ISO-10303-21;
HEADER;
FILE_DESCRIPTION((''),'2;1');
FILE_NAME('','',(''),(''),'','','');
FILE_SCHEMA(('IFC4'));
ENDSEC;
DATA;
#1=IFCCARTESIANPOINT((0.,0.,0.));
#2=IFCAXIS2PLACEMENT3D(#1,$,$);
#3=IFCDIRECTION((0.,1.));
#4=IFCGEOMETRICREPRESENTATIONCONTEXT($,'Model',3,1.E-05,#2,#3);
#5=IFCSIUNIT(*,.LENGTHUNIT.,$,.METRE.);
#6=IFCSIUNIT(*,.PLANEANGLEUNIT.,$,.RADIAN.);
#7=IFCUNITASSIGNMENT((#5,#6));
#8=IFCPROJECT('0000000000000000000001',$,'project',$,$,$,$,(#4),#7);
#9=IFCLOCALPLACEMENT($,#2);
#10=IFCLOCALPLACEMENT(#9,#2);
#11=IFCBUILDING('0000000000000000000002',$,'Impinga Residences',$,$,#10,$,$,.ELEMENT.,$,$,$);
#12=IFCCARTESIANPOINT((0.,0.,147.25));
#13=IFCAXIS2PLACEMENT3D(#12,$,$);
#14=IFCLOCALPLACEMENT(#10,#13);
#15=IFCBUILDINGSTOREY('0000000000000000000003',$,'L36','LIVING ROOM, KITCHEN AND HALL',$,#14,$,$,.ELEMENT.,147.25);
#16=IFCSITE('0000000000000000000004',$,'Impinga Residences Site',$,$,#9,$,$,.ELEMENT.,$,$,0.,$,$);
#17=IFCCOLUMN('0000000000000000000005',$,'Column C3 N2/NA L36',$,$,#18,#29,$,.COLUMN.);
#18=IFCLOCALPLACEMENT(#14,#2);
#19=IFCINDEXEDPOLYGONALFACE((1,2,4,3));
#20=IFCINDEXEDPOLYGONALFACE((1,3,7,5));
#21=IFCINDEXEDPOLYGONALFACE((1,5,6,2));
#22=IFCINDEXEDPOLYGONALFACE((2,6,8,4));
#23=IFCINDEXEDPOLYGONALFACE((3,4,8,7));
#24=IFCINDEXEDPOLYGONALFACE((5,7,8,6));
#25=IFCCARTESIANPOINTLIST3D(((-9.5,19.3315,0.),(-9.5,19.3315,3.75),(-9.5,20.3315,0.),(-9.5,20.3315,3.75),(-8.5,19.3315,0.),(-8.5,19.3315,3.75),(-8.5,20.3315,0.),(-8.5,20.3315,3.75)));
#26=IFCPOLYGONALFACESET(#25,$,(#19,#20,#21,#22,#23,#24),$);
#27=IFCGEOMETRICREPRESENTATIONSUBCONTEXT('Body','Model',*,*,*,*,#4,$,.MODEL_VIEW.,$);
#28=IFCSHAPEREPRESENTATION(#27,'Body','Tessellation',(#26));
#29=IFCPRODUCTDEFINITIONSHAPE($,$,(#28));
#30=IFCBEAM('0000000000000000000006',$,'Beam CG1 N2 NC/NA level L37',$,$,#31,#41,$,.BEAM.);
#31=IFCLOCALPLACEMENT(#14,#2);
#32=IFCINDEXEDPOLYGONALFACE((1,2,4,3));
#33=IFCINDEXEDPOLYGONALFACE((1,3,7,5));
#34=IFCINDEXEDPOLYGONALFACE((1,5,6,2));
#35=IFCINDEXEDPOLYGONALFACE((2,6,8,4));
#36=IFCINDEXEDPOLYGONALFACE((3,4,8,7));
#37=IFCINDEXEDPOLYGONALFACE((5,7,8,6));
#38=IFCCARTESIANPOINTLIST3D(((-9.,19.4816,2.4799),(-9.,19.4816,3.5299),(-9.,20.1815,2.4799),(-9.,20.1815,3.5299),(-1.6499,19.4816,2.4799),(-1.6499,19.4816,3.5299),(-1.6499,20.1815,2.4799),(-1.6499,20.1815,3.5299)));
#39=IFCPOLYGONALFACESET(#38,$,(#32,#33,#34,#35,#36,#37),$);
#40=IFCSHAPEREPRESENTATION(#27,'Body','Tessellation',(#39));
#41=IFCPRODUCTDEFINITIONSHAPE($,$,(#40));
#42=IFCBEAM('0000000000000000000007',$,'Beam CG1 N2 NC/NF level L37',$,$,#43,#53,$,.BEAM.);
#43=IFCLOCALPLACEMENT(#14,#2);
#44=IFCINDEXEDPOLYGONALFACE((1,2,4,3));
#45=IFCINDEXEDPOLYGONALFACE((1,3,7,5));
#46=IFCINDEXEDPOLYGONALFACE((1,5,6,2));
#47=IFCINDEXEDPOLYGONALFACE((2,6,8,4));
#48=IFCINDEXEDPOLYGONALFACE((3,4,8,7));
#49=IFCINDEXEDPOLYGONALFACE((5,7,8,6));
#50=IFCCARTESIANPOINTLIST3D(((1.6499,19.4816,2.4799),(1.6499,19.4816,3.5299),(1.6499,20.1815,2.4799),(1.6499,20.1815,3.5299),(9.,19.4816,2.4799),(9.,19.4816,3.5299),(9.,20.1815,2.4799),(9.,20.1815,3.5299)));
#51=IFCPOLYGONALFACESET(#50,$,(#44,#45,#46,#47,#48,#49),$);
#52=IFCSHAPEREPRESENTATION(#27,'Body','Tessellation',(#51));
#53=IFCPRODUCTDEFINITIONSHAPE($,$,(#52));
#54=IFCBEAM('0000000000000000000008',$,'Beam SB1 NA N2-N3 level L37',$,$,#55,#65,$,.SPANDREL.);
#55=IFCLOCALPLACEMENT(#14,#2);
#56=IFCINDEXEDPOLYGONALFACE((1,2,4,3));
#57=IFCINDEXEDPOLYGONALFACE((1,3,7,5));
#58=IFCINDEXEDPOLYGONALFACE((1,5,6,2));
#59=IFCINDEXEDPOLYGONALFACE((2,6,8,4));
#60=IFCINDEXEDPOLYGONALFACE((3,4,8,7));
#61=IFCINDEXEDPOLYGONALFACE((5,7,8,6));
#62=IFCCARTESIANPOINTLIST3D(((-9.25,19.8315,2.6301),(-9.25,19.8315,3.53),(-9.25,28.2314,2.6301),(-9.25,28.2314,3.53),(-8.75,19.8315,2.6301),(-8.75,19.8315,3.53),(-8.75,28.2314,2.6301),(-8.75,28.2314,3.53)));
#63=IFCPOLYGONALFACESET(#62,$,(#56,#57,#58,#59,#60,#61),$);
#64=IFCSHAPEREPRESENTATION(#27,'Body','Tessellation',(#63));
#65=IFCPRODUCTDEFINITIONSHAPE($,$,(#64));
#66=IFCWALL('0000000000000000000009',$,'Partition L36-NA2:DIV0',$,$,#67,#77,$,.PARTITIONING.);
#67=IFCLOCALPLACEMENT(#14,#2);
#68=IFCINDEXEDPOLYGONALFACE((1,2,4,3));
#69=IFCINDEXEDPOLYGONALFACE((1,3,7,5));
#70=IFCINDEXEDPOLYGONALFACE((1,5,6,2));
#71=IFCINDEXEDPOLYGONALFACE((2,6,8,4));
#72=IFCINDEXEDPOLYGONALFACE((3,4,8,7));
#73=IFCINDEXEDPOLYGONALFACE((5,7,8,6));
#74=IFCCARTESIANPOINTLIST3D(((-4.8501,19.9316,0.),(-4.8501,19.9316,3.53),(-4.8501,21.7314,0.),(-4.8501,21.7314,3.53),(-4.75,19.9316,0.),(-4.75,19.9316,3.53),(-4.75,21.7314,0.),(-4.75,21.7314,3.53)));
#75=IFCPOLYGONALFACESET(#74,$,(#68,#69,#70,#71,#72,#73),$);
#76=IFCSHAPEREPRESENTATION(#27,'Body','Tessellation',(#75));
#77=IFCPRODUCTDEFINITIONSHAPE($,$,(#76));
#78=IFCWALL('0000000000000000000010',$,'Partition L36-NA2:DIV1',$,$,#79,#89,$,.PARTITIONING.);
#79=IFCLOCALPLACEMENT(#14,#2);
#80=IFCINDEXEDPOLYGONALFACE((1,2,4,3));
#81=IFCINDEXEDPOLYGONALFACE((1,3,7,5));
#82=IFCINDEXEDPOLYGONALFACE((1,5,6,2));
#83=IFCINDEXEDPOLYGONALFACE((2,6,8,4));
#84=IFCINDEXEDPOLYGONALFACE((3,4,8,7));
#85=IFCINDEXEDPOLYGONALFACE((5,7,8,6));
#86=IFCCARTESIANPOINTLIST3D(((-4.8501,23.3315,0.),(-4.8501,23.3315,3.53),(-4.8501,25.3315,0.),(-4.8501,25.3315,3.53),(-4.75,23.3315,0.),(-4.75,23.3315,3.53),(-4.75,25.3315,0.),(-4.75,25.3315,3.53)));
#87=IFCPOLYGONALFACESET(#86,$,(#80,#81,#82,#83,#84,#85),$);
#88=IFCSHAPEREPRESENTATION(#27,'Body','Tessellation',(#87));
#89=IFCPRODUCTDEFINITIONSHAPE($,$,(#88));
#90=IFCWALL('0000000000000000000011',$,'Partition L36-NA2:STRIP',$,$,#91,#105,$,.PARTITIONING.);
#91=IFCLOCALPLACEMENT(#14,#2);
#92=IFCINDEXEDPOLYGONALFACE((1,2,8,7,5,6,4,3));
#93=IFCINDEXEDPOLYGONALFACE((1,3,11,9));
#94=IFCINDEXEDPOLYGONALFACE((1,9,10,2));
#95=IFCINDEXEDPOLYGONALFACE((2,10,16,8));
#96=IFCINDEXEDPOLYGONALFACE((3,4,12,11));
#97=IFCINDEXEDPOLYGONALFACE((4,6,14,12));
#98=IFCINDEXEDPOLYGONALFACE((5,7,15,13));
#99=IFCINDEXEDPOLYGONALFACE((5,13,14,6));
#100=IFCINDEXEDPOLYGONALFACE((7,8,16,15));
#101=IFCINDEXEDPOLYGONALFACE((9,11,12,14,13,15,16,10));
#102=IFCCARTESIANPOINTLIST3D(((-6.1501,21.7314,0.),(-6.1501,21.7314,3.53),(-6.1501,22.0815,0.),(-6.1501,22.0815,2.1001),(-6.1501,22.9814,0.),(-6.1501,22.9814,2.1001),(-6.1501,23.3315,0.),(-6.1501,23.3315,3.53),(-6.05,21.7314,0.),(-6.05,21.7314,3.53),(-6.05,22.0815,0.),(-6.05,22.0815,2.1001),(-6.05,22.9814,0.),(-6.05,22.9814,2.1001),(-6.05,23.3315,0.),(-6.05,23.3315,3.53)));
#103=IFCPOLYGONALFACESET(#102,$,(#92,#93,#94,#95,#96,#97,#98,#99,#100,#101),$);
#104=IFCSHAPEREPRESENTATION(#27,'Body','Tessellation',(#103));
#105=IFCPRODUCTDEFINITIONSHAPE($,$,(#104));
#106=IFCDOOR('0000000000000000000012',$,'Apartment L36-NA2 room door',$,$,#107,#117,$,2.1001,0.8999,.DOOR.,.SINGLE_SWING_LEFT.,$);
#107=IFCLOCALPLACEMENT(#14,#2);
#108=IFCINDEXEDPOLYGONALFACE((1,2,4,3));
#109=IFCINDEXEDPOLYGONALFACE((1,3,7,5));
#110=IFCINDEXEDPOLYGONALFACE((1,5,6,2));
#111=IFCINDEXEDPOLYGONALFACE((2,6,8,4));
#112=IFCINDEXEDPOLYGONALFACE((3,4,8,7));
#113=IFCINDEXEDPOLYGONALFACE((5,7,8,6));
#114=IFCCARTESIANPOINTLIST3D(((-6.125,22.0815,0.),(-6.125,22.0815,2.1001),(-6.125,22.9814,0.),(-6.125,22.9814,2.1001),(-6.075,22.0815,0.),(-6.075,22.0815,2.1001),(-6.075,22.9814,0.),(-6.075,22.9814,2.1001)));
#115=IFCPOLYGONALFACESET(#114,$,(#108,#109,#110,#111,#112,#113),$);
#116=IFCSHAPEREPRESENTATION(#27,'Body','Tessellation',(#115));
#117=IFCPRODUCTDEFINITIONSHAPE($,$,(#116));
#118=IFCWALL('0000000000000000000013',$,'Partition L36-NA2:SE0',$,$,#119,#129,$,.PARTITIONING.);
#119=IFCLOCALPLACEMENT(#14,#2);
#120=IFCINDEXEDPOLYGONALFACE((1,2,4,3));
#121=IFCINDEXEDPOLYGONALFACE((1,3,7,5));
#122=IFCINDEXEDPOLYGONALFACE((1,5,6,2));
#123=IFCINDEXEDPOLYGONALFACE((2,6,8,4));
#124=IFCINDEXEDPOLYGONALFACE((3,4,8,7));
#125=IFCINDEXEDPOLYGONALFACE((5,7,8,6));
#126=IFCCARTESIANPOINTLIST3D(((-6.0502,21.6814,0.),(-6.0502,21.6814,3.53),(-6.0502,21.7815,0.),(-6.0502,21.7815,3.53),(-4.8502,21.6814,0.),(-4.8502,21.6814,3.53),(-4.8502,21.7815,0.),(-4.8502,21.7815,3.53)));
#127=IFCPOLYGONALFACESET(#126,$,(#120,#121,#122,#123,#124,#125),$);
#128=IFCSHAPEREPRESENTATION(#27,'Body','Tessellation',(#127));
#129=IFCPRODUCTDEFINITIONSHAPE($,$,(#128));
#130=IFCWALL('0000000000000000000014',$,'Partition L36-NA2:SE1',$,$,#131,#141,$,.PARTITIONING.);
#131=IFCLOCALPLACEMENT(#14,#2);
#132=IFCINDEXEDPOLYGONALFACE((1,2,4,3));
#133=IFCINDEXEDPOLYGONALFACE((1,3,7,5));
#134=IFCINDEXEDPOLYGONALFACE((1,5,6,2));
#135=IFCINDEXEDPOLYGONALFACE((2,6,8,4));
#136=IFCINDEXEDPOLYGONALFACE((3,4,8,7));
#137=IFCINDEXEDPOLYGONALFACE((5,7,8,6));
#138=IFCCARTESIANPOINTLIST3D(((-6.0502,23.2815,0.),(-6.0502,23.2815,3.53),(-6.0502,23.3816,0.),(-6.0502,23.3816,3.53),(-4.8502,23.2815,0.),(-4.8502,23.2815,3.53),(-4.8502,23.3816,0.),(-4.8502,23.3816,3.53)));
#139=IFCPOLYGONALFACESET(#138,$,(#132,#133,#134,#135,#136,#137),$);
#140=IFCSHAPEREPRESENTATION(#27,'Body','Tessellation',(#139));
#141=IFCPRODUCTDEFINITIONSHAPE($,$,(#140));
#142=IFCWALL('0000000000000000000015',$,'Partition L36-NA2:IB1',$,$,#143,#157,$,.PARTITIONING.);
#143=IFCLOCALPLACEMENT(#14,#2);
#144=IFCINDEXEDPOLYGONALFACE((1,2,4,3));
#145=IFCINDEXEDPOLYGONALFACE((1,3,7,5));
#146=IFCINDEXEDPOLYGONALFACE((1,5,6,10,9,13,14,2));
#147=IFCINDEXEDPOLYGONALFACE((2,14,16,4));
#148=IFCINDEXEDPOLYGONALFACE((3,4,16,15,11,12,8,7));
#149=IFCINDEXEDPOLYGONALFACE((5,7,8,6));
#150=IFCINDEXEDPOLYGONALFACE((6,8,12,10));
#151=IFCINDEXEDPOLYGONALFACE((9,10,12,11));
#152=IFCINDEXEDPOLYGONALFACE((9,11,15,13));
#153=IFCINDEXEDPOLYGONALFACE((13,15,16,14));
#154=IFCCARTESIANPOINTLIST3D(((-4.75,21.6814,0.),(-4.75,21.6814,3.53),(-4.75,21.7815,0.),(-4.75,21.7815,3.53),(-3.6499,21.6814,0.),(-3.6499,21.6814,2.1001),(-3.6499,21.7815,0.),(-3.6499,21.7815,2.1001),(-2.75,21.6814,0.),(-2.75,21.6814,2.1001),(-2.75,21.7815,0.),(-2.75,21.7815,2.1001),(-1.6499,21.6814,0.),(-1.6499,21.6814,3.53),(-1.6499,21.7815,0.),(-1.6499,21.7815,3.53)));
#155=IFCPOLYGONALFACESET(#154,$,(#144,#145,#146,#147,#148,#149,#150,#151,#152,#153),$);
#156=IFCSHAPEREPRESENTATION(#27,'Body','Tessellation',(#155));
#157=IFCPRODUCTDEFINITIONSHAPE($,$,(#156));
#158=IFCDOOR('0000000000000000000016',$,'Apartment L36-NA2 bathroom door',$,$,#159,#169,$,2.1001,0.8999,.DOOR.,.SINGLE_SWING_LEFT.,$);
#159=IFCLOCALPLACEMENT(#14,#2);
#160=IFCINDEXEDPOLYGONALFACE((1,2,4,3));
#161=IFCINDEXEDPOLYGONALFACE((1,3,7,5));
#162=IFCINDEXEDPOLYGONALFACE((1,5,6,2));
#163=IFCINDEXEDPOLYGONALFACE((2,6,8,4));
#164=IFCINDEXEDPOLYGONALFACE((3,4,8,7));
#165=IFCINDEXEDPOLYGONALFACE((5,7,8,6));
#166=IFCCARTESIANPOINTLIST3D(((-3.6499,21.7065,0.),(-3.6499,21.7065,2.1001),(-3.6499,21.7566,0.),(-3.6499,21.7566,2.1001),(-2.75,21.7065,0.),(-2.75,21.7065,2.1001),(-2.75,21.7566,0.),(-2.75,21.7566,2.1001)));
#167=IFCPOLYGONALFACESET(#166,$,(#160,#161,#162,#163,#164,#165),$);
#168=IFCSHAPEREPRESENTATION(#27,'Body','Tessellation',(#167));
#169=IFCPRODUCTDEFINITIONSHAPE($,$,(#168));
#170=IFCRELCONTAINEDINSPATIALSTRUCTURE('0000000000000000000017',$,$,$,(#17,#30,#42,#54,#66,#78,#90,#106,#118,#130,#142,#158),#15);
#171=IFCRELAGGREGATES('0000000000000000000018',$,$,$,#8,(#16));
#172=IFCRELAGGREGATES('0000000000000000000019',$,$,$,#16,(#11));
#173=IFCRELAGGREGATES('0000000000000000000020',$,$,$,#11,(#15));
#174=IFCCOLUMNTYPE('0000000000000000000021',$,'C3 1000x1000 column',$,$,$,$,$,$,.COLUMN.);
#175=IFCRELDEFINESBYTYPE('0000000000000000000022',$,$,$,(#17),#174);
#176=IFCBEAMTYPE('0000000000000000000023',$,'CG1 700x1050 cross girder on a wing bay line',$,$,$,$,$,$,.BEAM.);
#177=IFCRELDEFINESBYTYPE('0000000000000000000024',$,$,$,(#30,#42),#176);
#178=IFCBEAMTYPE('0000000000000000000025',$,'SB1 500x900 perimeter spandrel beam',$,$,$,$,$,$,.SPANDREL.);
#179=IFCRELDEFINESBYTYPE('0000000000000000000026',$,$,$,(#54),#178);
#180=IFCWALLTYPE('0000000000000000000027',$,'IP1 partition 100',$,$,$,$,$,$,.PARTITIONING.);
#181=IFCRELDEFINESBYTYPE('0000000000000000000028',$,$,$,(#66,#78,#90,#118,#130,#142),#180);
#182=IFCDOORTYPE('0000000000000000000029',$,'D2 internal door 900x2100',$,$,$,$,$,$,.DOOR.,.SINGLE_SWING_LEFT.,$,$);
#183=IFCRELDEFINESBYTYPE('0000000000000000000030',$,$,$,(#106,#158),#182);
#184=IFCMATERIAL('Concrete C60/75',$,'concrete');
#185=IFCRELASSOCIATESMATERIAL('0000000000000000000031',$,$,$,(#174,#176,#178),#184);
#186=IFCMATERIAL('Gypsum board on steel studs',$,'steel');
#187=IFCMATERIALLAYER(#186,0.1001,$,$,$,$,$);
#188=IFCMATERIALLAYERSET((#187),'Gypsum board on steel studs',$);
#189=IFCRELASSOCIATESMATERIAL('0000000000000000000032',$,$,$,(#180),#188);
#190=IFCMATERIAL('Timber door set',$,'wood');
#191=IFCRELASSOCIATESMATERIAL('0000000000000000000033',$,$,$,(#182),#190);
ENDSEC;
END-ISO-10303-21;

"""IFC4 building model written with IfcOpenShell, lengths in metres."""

from ifc_helpers import new_model, si_unit, direction, frame, frame_2d, origin, origin_2d, place, context, subcontext, project, spatial, rectangle, extrude, material, layer, layer_set, material_profile, profile_set, type_object, element, fill, save


model = new_model("IFC4")

# Units and contexts
model_context = context("Model", 3, precision=1e-05, world=origin(), true_north=direction((0.0, 1.0)))
body_context = subcontext(model_context, "Body", "Model", "MODEL_VIEW")
ifc_project = project(units=[si_unit("LENGTHUNIT", "METRE"), si_unit("PLANEANGLEUNIT", "RADIAN")], contexts=[model_context])

# Site, building, storey
site_placement = place(None, origin())
site = spatial("IfcSite", under=ifc_project, at=site_placement, Name="Impinga Residences Site", CompositionType="ELEMENT", RefElevation=0.0)
building_placement = place(site_placement, origin())
building = spatial("IfcBuilding", under=site, at=building_placement, Name="Impinga Residences", CompositionType="ELEMENT")
storey_placement = place(building_placement, frame((0.0, 0.0, 147.25)))
storey = spatial("IfcBuildingStorey", under=building, at=storey_placement, Name="L36", Description="LIVING ROOM, KITCHEN AND HALL", CompositionType="ELEMENT", Elevation=147.25)

# Column
ifc_material_1 = material(Name="Concrete C60/75", Category="concrete")
ifc_material_profile_1 = material_profile(ifc_material_1, rectangle(XDim=1.0, YDim=1.0, at=origin_2d()), Name="RC 1000x1000")
ifc_profile_set_1 = profile_set([ifc_material_profile_1], Name="Concrete C60/75")
column_type = type_object("IfcColumnType", Name="C3 1000x1000 column", PredefinedType="COLUMN", material=ifc_profile_set_1)
column_placement = place(storey_placement, frame((-9.0, 19.8315, 0.0), z_axis=(0.0, 0.0, 1.0), x_axis=(1.0, 0.0, 0.0)))
element("IfcColumn", 1, at=column_placement, inside=storey, type_object=column_type, Name="Column C3 N2/NA L36", PredefinedType="COLUMN", context=body_context, shape_type="SweptSolid", body=[
    extrude(rectangle(XDim=1.0, YDim=1.0, at=origin_2d()), origin(), (0.0, 0.0, 1.0), 3.75),
])

# Beams
ifc_material_profile_2 = material_profile(ifc_material_1, rectangle(XDim=0.7, YDim=1.05, at=origin_2d()), Name="RC 700x1050")
ifc_profile_set_2 = profile_set([ifc_material_profile_2], Name="Concrete C60/75")
beam_type_1 = type_object("IfcBeamType", Name="CG1 700x1050 cross girder on a wing bay line", PredefinedType="BEAM", material=ifc_profile_set_2)
for number, where, z_axis, x_axis, name in (
    (2, (-1.6499, 19.8315, 3.0049), (-1.0, 0.0, 0.0), (0.0, -1.0, 0.0), "Beam CG1 N2 NC/NA level L37"),
    (3, (1.6499, 19.8315, 3.0049), (1.0, 0.0, 0.0), (0.0, 1.0, 0.0), "Beam CG1 N2 NC/NF level L37"),
):
    element("IfcBeam", number, at=place(storey_placement, frame(where, z_axis=z_axis, x_axis=x_axis)), inside=storey, type_object=beam_type_1, Name=name, PredefinedType="BEAM", context=body_context, shape_type="SweptSolid", body=[
        extrude(rectangle(XDim=0.7, YDim=1.05, at=origin_2d()), origin(), (0.0, 0.0, 1.0), 7.3501),
    ])
ifc_material_profile_3 = material_profile(ifc_material_1, rectangle(XDim=0.5, YDim=0.8999, at=origin_2d()), Name="RC 500x900")
ifc_profile_set_3 = profile_set([ifc_material_profile_3], Name="Concrete C60/75")
beam_type_2 = type_object("IfcBeamType", Name="SB1 500x900 perimeter spandrel beam", PredefinedType="SPANDREL", material=ifc_profile_set_3)
beam_placement = place(storey_placement, frame((-9.0, 19.8315, 3.0801), z_axis=(0.0, 1.0, 0.0), x_axis=(-1.0, 0.0, 0.0)))
element("IfcBeam", 4, at=beam_placement, inside=storey, type_object=beam_type_2, Name="Beam SB1 NA N2-N3 level L37", PredefinedType="SPANDREL", context=body_context, shape_type="SweptSolid", body=[
    extrude(rectangle(XDim=0.5, YDim=0.8999, at=origin_2d()), origin(), (0.0, 0.0, 1.0), 8.3999),
])

# Walls
ifc_material_2 = material(Name="Gypsum board on steel studs", Category="steel")
ifc_layer_1 = layer(ifc_material_2, 0.1001)
ifc_layer_set_1 = layer_set([ifc_layer_1], Name="Gypsum board on steel studs")
wall_type_1 = type_object("IfcWallType", Name="IP1 partition 100", PredefinedType="PARTITIONING", material=ifc_layer_set_1)
wall_1_placement = place(storey_placement, frame((-4.8, 19.9316, 0.0), z_axis=(0.0, 0.0, 1.0), x_axis=(0.0, 1.0, 0.0)))
element("IfcWall", 5, at=wall_1_placement, inside=storey, type_object=wall_type_1, Name="Partition L36-NA2:DIV0", PredefinedType="PARTITIONING", context=body_context, shape_type="SweptSolid", body=[
    extrude(rectangle(XDim=1.7998, YDim=0.1001, at=frame_2d((0.8999, 0.0))), origin(), (0.0, 0.0, 1.0), 3.53),
])
wall_2_placement = place(storey_placement, frame((-4.8, 23.3315, 0.0), z_axis=(0.0, 0.0, 1.0), x_axis=(0.0, 1.0, 0.0)))
element("IfcWall", 6, at=wall_2_placement, inside=storey, type_object=wall_type_1, Name="Partition L36-NA2:DIV1", PredefinedType="PARTITIONING", context=body_context, shape_type="SweptSolid", body=[
    extrude(rectangle(XDim=2.0, YDim=0.1001, at=frame_2d((1.0, 0.0))), origin(), (0.0, 0.0, 1.0), 3.53),
])

# Wall, opening, door
wall_3_placement = place(storey_placement, frame((-6.1001, 21.7314, 0.0), z_axis=(0.0, 0.0, 1.0), x_axis=(0.0, 1.0, 0.0)))
wall_3 = element("IfcWall", 7, at=wall_3_placement, inside=storey, type_object=wall_type_1, Name="Partition L36-NA2:STRIP", PredefinedType="PARTITIONING", context=body_context, shape_type="SweptSolid", body=[
    extrude(rectangle(XDim=1.6001, YDim=0.1001, at=frame_2d((0.8, 0.0))), origin(), (0.0, 0.0, 1.0), 3.53),
])
opening_1_placement = place(wall_3_placement, frame((0.3501, 0.0, 0.0)))
opening_1 = element("IfcOpeningElement", 8, at=opening_1_placement, cuts=wall_3, PredefinedType="OPENING", context=body_context, shape_type="SweptSolid", body=[
    extrude(rectangle(XDim=0.8999, YDim=2.1001, at=frame_2d((0.45, 1.05))), frame((0.0, 0.0601, 0.0), z_axis=(0.0, -1.0, 0.0), x_axis=(1.0, 0.0, 0.0)), (0.0, 0.0, 1.0), 0.1201),
])
ifc_material_3 = material(Name="Timber door set", Category="wood")
door_type = type_object("IfcDoorType", Name="D2 internal door 900x2100", OperationType="SINGLE_SWING_LEFT", PredefinedType="DOOR", material=ifc_material_3)
door_1_placement = place(opening_1_placement, origin())
door_1 = element("IfcDoor", 9, at=door_1_placement, inside=storey, type_object=door_type, Name="Apartment L36-NA2 room door", OperationType="SINGLE_SWING_LEFT", OverallHeight=2.1001, OverallWidth=0.8999, PredefinedType="DOOR", context=body_context, shape_type="SweptSolid", body=[
    extrude(rectangle(XDim=0.8999, YDim=2.1001, at=frame_2d((0.45, 1.05))), frame((0.0, 0.0249, 0.0), z_axis=(0.0, -1.0, 0.0), x_axis=(1.0, 0.0, 0.0)), (0.0, 0.0, 1.0), 0.05),
])
fill(opening_1, door_1)

# Walls
for number, where, z_axis, x_axis, name in (
    (10, (-4.8501, 21.7314, 0.0), (0.0, 0.0, 1.0), (-1.0, 0.0, 0.0), "Partition L36-NA2:SE0"),
    (11, (-4.8501, 23.3315, 0.0), (0.0, 0.0, 1.0), (-1.0, 0.0, 0.0), "Partition L36-NA2:SE1"),
):
    element("IfcWall", number, at=place(storey_placement, frame(where, z_axis=z_axis, x_axis=x_axis)), inside=storey, type_object=wall_type_1, Name=name, PredefinedType="PARTITIONING", context=body_context, shape_type="SweptSolid", body=[
        extrude(rectangle(XDim=1.2, YDim=0.1001, at=frame_2d((0.6001, 0.0))), origin(), (0.0, 0.0, 1.0), 3.53),
    ])

# Wall, opening, door
wall_4_placement = place(storey_placement, frame((-1.6499, 21.7314, 0.0), z_axis=(0.0, 0.0, 1.0), x_axis=(-1.0, 0.0, 0.0)))
wall_4 = element("IfcWall", 12, at=wall_4_placement, inside=storey, type_object=wall_type_1, Name="Partition L36-NA2:IB1", PredefinedType="PARTITIONING", context=body_context, shape_type="SweptSolid", body=[
    extrude(rectangle(XDim=3.1001, YDim=0.1001, at=frame_2d((1.55, 0.0))), origin(), (0.0, 0.0, 1.0), 3.53),
])
opening_2_placement = place(wall_4_placement, frame((1.1001, 0.0, 0.0)))
opening_2 = element("IfcOpeningElement", 13, at=opening_2_placement, cuts=wall_4, PredefinedType="OPENING", context=body_context, shape_type="SweptSolid", body=[
    extrude(rectangle(XDim=0.8999, YDim=2.1001, at=frame_2d((0.45, 1.05))), frame((0.0, 0.0601, 0.0), z_axis=(0.0, -1.0, 0.0), x_axis=(1.0, 0.0, 0.0)), (0.0, 0.0, 1.0), 0.1201),
])
door_2_placement = place(opening_2_placement, origin())
door_2 = element("IfcDoor", 14, at=door_2_placement, inside=storey, type_object=door_type, Name="Apartment L36-NA2 bathroom door", OperationType="SINGLE_SWING_LEFT", OverallHeight=2.1001, OverallWidth=0.8999, PredefinedType="DOOR", context=body_context, shape_type="SweptSolid", body=[
    extrude(rectangle(XDim=0.8999, YDim=2.1001, at=frame_2d((0.45, 1.05))), frame((0.0, 0.0249, 0.0), z_axis=(0.0, -1.0, 0.0), x_axis=(1.0, 0.0, 0.0)), (0.0, 0.0, 1.0), 0.05),
])
fill(opening_2, door_2)

save(model, "model.ifc")
